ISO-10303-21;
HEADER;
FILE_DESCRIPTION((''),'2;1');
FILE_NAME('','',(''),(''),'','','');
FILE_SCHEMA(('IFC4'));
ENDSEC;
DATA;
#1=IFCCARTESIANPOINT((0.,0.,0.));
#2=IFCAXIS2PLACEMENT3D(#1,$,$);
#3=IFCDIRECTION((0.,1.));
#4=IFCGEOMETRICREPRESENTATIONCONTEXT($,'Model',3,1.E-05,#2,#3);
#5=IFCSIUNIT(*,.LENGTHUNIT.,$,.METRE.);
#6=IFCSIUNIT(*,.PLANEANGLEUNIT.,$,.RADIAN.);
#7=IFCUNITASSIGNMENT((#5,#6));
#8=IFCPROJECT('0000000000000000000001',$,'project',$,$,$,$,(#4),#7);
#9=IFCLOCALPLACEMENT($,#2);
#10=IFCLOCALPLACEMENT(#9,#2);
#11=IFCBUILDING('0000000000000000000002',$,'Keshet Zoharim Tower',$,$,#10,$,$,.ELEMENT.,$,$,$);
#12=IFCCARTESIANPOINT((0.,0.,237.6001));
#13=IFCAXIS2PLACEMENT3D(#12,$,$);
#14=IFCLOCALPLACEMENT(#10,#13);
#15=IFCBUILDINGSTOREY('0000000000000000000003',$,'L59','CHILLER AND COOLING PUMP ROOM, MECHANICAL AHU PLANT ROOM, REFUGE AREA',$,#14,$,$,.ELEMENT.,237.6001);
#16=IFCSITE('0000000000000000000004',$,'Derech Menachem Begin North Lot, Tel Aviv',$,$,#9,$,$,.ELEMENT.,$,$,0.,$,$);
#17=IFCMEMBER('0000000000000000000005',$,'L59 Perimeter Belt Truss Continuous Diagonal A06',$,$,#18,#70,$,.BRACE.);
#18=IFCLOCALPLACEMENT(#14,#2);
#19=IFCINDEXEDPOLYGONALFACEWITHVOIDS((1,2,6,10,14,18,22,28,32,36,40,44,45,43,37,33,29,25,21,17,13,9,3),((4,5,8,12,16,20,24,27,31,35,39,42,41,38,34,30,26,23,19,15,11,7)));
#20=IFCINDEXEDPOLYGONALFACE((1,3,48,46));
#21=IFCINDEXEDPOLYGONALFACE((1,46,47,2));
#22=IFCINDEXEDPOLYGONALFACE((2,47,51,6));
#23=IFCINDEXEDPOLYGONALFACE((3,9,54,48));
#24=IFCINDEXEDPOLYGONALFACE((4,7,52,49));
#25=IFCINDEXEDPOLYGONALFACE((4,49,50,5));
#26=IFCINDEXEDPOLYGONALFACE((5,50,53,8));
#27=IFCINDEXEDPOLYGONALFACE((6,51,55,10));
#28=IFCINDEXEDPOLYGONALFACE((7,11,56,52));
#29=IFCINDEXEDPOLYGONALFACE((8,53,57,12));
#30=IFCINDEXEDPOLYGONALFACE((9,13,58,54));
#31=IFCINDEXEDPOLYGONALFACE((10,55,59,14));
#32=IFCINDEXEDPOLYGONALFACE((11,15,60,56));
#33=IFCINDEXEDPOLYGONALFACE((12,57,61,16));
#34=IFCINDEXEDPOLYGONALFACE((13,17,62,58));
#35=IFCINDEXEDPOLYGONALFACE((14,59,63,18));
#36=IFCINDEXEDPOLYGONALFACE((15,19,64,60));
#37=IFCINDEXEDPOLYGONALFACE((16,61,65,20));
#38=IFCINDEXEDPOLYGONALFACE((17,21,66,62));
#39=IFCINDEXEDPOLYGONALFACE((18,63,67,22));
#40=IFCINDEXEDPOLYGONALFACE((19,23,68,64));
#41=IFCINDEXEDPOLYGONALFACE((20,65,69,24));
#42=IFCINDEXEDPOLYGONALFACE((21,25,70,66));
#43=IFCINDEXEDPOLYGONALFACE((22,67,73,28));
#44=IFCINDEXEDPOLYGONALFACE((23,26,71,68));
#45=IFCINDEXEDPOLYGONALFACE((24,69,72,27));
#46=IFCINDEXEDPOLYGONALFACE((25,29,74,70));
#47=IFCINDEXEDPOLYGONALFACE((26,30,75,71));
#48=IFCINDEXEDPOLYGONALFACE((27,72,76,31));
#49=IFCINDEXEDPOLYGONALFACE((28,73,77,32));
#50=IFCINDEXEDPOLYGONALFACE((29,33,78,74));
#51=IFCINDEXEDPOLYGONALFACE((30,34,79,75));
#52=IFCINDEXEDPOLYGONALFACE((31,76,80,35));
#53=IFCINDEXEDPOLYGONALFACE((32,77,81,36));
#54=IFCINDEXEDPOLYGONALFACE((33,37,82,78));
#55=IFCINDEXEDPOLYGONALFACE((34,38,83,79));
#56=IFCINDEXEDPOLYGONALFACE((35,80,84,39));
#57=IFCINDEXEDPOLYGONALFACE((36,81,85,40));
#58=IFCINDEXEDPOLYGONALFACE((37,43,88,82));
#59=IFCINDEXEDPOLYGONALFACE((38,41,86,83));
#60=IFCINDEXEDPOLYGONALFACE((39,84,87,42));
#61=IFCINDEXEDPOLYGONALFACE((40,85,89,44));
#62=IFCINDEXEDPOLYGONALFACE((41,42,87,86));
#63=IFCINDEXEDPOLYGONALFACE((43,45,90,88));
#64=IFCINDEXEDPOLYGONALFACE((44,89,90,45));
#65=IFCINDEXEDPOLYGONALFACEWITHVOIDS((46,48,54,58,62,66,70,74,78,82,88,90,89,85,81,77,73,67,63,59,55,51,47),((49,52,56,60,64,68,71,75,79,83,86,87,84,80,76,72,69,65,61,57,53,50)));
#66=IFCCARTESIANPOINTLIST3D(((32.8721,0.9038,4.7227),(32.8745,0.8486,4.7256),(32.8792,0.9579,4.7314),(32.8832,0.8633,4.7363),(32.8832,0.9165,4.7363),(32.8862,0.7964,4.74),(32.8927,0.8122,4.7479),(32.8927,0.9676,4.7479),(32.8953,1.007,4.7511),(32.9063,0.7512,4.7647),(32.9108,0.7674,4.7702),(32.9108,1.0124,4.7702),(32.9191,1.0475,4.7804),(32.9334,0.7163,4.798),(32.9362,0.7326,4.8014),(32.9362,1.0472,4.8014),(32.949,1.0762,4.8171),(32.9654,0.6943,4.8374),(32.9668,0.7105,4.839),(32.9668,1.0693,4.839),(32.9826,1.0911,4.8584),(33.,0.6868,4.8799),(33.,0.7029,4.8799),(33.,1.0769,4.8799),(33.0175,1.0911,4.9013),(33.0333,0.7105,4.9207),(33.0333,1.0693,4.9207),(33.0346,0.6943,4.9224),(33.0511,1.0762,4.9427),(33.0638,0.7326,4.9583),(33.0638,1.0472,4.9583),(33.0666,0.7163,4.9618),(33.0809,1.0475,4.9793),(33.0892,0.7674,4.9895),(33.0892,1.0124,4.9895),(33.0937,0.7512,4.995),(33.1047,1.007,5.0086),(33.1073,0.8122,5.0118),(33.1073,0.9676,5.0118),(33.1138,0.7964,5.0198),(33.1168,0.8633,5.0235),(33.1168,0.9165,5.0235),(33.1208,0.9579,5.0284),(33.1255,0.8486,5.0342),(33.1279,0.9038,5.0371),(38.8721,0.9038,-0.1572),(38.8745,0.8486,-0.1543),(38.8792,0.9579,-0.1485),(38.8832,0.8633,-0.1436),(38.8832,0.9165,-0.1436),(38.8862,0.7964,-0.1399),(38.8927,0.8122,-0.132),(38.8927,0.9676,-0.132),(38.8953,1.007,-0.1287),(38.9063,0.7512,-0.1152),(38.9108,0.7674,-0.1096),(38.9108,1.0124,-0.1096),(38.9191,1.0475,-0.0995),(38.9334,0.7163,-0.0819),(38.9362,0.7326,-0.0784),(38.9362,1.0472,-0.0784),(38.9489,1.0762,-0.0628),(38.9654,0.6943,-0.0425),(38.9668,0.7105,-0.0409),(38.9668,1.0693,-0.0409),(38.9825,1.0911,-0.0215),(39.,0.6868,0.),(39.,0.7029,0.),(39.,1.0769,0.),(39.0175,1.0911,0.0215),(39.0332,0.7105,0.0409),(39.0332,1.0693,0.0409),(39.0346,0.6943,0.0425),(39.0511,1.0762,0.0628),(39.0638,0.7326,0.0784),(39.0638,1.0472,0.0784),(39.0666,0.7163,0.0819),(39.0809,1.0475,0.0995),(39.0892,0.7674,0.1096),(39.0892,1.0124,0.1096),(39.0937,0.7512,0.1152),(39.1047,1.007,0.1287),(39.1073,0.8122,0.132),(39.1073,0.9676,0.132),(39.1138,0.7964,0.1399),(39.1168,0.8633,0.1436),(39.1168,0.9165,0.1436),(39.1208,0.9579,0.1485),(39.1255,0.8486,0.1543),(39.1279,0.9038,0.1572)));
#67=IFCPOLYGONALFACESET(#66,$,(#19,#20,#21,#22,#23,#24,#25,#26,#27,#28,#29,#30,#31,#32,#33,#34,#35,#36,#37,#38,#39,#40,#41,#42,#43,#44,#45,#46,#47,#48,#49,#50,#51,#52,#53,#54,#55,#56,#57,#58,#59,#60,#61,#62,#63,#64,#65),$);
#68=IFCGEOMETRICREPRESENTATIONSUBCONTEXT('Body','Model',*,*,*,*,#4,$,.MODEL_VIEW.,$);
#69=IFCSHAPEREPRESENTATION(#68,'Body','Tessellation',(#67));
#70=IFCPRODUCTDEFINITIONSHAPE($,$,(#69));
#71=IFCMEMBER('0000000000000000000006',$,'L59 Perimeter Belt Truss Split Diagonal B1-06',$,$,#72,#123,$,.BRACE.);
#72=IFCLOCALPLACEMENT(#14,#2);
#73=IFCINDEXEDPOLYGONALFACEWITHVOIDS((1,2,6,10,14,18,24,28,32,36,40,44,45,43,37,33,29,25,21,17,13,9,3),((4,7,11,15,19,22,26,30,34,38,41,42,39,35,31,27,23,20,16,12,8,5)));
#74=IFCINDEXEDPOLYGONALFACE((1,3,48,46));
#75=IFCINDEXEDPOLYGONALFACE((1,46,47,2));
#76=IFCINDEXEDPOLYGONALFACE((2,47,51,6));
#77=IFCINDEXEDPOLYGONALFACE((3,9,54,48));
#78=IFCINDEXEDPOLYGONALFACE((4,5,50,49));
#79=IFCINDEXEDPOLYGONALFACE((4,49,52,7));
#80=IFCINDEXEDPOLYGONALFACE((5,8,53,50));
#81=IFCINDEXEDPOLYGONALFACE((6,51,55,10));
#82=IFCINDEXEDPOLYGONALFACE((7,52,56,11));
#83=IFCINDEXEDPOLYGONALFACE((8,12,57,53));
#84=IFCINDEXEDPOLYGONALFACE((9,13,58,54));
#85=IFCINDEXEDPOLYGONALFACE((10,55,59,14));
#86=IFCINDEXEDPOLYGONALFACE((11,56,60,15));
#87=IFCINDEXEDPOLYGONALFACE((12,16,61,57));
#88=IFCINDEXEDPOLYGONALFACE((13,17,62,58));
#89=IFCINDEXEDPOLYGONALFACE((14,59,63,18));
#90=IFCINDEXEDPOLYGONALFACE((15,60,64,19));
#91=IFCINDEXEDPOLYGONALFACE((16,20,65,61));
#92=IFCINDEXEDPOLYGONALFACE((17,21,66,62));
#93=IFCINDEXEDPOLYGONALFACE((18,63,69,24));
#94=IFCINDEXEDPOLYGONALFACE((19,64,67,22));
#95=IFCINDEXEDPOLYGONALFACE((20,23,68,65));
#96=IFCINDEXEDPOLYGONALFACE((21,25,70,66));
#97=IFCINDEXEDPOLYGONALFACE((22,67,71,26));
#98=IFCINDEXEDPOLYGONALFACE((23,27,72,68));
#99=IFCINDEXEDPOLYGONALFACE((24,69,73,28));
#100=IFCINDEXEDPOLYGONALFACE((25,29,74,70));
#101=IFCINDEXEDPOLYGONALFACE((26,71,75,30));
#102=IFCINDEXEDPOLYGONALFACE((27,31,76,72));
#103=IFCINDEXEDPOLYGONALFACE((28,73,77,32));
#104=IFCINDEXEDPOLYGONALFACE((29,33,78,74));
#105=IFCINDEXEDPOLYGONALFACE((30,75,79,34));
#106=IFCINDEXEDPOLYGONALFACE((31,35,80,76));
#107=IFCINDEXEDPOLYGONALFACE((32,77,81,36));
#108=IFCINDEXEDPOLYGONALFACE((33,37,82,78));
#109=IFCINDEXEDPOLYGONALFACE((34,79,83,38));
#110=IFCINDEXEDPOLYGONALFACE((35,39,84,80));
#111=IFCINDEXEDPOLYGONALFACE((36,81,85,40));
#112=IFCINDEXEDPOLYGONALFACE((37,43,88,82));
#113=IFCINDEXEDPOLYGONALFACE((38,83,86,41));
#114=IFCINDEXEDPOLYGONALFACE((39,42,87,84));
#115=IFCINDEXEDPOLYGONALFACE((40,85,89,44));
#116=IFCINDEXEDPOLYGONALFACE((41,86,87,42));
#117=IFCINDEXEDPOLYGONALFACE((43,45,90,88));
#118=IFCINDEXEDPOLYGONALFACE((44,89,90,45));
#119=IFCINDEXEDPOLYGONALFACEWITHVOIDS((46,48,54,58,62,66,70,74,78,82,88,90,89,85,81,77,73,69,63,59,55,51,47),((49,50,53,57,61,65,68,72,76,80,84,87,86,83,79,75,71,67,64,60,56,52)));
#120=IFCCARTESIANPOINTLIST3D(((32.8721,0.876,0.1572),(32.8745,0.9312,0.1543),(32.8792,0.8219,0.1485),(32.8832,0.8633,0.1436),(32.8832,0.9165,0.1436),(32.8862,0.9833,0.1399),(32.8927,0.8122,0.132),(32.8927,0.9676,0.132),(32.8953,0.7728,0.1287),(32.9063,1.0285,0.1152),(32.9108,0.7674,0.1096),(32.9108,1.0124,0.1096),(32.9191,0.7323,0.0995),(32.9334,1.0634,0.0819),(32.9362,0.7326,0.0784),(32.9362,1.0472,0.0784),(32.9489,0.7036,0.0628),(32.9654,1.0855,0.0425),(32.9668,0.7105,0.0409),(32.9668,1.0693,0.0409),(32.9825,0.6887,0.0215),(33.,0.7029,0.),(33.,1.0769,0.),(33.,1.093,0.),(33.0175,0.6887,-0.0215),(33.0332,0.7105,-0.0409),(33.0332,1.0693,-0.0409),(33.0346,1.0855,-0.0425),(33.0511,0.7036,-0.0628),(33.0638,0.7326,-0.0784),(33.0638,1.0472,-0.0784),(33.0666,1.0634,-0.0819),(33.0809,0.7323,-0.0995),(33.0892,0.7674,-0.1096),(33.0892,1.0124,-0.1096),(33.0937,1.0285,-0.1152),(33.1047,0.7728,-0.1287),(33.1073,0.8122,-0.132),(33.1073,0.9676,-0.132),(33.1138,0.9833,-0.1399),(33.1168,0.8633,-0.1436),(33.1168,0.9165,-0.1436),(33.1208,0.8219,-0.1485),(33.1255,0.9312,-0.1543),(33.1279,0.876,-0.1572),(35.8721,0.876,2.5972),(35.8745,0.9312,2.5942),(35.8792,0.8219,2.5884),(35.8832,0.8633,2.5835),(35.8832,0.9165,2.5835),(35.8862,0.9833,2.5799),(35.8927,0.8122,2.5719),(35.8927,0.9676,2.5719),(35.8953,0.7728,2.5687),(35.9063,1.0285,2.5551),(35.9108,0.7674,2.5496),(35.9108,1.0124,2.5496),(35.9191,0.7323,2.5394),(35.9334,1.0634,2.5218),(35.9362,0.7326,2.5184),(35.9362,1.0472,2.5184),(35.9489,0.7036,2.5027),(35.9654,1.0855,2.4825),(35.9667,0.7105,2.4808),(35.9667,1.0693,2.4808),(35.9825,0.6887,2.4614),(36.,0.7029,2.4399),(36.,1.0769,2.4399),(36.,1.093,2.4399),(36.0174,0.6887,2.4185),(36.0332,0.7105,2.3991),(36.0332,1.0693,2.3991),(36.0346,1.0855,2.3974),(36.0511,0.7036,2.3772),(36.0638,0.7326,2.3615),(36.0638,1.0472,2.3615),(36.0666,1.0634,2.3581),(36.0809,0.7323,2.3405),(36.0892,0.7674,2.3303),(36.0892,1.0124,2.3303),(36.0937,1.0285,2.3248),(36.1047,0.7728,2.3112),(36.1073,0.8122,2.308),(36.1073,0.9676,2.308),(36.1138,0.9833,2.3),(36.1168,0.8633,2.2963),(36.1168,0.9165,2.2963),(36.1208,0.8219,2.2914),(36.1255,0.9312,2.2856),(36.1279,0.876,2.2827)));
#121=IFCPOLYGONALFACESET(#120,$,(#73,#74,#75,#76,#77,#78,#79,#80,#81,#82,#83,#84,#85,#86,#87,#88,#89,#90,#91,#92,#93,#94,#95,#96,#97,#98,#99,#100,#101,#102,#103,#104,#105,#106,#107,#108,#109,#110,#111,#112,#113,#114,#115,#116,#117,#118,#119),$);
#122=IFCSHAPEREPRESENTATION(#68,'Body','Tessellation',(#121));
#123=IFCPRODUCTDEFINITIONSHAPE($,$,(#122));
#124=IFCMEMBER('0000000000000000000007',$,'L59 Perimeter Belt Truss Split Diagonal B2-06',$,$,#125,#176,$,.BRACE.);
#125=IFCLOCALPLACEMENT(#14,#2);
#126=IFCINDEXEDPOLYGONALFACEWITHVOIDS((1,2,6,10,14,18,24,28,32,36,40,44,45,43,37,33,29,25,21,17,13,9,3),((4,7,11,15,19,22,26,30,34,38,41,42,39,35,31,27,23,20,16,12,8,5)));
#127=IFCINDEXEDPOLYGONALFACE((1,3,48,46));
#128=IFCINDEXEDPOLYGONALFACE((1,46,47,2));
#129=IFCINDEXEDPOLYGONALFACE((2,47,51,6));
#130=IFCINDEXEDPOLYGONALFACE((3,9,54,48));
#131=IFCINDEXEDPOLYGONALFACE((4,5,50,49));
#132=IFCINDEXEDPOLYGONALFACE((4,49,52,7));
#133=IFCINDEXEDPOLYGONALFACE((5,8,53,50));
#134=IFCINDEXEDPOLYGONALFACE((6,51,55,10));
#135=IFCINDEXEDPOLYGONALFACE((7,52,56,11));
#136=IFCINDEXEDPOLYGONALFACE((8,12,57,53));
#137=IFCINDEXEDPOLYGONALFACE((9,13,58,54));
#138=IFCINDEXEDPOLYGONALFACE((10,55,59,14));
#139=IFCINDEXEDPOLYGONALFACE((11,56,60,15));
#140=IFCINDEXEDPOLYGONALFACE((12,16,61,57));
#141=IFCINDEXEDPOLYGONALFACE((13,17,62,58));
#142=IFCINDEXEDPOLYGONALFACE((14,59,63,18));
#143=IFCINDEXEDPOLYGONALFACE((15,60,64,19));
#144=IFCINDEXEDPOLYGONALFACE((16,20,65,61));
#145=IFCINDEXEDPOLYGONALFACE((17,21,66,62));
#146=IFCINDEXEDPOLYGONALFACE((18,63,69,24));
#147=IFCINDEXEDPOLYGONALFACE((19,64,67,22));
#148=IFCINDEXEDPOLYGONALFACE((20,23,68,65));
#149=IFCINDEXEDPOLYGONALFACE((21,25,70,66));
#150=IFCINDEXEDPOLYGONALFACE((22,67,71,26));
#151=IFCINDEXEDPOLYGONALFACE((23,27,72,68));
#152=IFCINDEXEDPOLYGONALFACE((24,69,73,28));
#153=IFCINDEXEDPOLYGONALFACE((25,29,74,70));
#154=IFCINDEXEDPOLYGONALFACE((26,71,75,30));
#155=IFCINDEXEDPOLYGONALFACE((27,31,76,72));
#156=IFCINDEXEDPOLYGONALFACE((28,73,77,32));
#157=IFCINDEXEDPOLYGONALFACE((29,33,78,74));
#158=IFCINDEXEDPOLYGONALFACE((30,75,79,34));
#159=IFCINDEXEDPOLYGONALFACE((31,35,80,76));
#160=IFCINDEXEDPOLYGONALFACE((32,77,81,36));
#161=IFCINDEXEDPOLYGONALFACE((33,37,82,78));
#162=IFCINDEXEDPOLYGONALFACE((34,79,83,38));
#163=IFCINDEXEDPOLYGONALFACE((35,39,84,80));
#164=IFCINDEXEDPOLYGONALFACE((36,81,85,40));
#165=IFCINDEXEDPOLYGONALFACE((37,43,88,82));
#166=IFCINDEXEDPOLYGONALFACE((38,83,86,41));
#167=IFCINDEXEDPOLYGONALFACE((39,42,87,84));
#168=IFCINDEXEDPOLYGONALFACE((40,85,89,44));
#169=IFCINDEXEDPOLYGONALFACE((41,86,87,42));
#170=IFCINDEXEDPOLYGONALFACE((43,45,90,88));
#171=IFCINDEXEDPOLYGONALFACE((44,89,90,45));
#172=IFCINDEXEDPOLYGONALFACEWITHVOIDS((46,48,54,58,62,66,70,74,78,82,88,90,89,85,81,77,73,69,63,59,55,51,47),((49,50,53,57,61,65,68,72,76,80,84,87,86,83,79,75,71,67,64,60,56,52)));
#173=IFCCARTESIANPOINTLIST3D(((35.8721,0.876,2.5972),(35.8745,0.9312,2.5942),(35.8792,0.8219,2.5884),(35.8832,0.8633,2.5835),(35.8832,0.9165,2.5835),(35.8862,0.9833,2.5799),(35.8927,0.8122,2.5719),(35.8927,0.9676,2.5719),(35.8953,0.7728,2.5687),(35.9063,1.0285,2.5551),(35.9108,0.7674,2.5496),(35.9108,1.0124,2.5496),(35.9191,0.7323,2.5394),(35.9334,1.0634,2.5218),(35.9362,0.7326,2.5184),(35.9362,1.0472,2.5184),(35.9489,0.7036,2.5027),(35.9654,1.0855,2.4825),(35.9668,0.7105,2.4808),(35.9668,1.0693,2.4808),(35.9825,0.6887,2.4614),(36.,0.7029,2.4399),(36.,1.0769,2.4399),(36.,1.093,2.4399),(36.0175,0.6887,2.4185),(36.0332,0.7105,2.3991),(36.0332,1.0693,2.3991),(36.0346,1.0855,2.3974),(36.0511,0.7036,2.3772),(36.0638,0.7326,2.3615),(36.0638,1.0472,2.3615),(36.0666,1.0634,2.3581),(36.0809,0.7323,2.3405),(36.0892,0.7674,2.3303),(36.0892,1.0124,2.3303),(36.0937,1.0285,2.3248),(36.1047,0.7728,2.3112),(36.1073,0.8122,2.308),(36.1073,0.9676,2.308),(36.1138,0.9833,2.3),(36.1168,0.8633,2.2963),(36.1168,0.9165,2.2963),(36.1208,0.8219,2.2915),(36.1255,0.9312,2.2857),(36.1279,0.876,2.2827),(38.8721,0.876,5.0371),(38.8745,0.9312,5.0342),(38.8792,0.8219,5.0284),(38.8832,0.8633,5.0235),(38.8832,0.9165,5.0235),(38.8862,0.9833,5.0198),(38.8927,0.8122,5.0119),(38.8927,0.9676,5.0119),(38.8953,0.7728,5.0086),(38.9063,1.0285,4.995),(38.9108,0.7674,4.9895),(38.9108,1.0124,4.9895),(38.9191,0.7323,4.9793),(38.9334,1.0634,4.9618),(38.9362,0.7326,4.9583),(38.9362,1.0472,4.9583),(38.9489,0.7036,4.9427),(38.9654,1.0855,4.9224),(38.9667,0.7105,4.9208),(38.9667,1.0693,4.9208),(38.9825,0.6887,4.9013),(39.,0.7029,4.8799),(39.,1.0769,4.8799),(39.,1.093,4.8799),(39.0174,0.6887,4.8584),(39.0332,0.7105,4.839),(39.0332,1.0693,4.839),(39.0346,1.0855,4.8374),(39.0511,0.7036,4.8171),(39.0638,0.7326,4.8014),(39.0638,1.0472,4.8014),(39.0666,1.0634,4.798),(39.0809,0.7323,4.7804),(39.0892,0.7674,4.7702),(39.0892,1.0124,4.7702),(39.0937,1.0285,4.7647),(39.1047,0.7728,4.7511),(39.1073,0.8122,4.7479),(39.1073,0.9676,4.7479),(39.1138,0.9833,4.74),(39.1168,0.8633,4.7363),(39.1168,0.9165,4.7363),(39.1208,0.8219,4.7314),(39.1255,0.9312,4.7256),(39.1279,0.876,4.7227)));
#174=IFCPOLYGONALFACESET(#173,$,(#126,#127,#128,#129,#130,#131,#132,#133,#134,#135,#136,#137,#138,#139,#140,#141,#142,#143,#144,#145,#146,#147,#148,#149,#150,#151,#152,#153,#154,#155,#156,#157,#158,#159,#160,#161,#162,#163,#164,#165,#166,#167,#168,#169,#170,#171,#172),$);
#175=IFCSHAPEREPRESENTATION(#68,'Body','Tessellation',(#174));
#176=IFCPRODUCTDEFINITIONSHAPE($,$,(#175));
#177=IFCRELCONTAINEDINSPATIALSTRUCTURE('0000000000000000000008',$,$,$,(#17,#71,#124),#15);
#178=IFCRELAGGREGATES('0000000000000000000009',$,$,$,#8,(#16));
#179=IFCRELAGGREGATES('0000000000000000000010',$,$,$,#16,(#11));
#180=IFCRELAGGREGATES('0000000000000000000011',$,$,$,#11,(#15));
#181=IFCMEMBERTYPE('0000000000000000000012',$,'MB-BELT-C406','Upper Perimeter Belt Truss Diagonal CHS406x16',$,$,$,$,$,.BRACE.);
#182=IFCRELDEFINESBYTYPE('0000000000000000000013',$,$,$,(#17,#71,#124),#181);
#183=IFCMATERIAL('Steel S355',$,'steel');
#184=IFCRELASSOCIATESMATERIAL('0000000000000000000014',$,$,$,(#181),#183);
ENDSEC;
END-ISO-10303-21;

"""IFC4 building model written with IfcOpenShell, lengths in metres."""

from ifc_helpers import new_model, si_unit, direction, frame, origin, origin_2d, place, context, subcontext, project, spatial, hollow_circle, extrude, material, material_profile, profile_set, type_object, element, save


model = new_model("IFC4")

# Units and contexts
model_context = context("Model", 3, precision=1e-05, world=origin(), true_north=direction((0.0, 1.0)))
body_context = subcontext(model_context, "Body", "Model", "MODEL_VIEW")
ifc_project = project(units=[si_unit("LENGTHUNIT", "METRE"), si_unit("PLANEANGLEUNIT", "RADIAN")], contexts=[model_context])

# Site, building, storey
site_placement = place(None, origin())
site = spatial("IfcSite", under=ifc_project, at=site_placement, Name="Derech Menachem Begin North Lot, Tel Aviv", CompositionType="ELEMENT", RefElevation=0.0)
building_placement = place(site_placement, origin())
building = spatial("IfcBuilding", under=site, at=building_placement, Name="Keshet Zoharim Tower", CompositionType="ELEMENT")
storey_placement = place(building_placement, frame((0.0, 0.0, 237.6001)))
storey = spatial("IfcBuildingStorey", under=building, at=storey_placement, Name="L59", Description="CHILLER AND COOLING PUMP ROOM, MECHANICAL AHU PLANT ROOM, REFUGE AREA", CompositionType="ELEMENT", Elevation=237.6001)

# Shared definitions
ifc_material_1 = material(Name="Steel S355", Category="steel")

# Members
ifc_material_profile_1 = material_profile(ifc_material_1, hollow_circle(Radius=0.2031, WallThickness=0.0161, at=origin_2d()), Name="CHS406x16")
ifc_profile_set_1 = profile_set([ifc_material_profile_1], Name="Steel S355")
member_type_1 = type_object("IfcMemberType", Name="MB-BELT-C406", Description="Upper Perimeter Belt Truss Diagonal CHS406x16", PredefinedType="BRACE", material=ifc_profile_set_1)
member_1_placement = place(storey_placement, frame((39.0, 0.8899, 0.0), z_axis=(-0.775805, 0.0, 0.630973), x_axis=(0.0, -1.0, 0.0)))
element("IfcMember", 1, at=member_1_placement, inside=storey, type_object=member_type_1, Name="L59 Perimeter Belt Truss Continuous Diagonal A06", PredefinedType="BRACE", context=body_context, shape_type="SweptSolid", body=[
    extrude(hollow_circle(Radius=0.2031, WallThickness=0.0161, at=origin_2d()), origin(), (0.0, 0.0, 1.0), 7.7339),
])
for number, where, z_axis, x_axis, name in (
    (2, (33.0, 0.8899, 0.0), (0.775805, 0.0, 0.630973), (0.0, 1.0, 0.0), "L59 Perimeter Belt Truss Split Diagonal B1-06"),
    (3, (36.0, 0.8899, 2.4399), (0.775805, 0.0, 0.630973), (0.0, 1.0, 0.0), "L59 Perimeter Belt Truss Split Diagonal B2-06"),
):
    element("IfcMember", number, at=place(storey_placement, frame(where, z_axis=z_axis, x_axis=x_axis)), inside=storey, type_object=member_type_1, Name=name, PredefinedType="BRACE", context=body_context, shape_type="SweptSolid", body=[
        extrude(hollow_circle(Radius=0.2031, WallThickness=0.0161, at=origin_2d()), origin(), (0.0, 0.0, 1.0), 3.8669),
    ])

save(model, "model.ifc")
